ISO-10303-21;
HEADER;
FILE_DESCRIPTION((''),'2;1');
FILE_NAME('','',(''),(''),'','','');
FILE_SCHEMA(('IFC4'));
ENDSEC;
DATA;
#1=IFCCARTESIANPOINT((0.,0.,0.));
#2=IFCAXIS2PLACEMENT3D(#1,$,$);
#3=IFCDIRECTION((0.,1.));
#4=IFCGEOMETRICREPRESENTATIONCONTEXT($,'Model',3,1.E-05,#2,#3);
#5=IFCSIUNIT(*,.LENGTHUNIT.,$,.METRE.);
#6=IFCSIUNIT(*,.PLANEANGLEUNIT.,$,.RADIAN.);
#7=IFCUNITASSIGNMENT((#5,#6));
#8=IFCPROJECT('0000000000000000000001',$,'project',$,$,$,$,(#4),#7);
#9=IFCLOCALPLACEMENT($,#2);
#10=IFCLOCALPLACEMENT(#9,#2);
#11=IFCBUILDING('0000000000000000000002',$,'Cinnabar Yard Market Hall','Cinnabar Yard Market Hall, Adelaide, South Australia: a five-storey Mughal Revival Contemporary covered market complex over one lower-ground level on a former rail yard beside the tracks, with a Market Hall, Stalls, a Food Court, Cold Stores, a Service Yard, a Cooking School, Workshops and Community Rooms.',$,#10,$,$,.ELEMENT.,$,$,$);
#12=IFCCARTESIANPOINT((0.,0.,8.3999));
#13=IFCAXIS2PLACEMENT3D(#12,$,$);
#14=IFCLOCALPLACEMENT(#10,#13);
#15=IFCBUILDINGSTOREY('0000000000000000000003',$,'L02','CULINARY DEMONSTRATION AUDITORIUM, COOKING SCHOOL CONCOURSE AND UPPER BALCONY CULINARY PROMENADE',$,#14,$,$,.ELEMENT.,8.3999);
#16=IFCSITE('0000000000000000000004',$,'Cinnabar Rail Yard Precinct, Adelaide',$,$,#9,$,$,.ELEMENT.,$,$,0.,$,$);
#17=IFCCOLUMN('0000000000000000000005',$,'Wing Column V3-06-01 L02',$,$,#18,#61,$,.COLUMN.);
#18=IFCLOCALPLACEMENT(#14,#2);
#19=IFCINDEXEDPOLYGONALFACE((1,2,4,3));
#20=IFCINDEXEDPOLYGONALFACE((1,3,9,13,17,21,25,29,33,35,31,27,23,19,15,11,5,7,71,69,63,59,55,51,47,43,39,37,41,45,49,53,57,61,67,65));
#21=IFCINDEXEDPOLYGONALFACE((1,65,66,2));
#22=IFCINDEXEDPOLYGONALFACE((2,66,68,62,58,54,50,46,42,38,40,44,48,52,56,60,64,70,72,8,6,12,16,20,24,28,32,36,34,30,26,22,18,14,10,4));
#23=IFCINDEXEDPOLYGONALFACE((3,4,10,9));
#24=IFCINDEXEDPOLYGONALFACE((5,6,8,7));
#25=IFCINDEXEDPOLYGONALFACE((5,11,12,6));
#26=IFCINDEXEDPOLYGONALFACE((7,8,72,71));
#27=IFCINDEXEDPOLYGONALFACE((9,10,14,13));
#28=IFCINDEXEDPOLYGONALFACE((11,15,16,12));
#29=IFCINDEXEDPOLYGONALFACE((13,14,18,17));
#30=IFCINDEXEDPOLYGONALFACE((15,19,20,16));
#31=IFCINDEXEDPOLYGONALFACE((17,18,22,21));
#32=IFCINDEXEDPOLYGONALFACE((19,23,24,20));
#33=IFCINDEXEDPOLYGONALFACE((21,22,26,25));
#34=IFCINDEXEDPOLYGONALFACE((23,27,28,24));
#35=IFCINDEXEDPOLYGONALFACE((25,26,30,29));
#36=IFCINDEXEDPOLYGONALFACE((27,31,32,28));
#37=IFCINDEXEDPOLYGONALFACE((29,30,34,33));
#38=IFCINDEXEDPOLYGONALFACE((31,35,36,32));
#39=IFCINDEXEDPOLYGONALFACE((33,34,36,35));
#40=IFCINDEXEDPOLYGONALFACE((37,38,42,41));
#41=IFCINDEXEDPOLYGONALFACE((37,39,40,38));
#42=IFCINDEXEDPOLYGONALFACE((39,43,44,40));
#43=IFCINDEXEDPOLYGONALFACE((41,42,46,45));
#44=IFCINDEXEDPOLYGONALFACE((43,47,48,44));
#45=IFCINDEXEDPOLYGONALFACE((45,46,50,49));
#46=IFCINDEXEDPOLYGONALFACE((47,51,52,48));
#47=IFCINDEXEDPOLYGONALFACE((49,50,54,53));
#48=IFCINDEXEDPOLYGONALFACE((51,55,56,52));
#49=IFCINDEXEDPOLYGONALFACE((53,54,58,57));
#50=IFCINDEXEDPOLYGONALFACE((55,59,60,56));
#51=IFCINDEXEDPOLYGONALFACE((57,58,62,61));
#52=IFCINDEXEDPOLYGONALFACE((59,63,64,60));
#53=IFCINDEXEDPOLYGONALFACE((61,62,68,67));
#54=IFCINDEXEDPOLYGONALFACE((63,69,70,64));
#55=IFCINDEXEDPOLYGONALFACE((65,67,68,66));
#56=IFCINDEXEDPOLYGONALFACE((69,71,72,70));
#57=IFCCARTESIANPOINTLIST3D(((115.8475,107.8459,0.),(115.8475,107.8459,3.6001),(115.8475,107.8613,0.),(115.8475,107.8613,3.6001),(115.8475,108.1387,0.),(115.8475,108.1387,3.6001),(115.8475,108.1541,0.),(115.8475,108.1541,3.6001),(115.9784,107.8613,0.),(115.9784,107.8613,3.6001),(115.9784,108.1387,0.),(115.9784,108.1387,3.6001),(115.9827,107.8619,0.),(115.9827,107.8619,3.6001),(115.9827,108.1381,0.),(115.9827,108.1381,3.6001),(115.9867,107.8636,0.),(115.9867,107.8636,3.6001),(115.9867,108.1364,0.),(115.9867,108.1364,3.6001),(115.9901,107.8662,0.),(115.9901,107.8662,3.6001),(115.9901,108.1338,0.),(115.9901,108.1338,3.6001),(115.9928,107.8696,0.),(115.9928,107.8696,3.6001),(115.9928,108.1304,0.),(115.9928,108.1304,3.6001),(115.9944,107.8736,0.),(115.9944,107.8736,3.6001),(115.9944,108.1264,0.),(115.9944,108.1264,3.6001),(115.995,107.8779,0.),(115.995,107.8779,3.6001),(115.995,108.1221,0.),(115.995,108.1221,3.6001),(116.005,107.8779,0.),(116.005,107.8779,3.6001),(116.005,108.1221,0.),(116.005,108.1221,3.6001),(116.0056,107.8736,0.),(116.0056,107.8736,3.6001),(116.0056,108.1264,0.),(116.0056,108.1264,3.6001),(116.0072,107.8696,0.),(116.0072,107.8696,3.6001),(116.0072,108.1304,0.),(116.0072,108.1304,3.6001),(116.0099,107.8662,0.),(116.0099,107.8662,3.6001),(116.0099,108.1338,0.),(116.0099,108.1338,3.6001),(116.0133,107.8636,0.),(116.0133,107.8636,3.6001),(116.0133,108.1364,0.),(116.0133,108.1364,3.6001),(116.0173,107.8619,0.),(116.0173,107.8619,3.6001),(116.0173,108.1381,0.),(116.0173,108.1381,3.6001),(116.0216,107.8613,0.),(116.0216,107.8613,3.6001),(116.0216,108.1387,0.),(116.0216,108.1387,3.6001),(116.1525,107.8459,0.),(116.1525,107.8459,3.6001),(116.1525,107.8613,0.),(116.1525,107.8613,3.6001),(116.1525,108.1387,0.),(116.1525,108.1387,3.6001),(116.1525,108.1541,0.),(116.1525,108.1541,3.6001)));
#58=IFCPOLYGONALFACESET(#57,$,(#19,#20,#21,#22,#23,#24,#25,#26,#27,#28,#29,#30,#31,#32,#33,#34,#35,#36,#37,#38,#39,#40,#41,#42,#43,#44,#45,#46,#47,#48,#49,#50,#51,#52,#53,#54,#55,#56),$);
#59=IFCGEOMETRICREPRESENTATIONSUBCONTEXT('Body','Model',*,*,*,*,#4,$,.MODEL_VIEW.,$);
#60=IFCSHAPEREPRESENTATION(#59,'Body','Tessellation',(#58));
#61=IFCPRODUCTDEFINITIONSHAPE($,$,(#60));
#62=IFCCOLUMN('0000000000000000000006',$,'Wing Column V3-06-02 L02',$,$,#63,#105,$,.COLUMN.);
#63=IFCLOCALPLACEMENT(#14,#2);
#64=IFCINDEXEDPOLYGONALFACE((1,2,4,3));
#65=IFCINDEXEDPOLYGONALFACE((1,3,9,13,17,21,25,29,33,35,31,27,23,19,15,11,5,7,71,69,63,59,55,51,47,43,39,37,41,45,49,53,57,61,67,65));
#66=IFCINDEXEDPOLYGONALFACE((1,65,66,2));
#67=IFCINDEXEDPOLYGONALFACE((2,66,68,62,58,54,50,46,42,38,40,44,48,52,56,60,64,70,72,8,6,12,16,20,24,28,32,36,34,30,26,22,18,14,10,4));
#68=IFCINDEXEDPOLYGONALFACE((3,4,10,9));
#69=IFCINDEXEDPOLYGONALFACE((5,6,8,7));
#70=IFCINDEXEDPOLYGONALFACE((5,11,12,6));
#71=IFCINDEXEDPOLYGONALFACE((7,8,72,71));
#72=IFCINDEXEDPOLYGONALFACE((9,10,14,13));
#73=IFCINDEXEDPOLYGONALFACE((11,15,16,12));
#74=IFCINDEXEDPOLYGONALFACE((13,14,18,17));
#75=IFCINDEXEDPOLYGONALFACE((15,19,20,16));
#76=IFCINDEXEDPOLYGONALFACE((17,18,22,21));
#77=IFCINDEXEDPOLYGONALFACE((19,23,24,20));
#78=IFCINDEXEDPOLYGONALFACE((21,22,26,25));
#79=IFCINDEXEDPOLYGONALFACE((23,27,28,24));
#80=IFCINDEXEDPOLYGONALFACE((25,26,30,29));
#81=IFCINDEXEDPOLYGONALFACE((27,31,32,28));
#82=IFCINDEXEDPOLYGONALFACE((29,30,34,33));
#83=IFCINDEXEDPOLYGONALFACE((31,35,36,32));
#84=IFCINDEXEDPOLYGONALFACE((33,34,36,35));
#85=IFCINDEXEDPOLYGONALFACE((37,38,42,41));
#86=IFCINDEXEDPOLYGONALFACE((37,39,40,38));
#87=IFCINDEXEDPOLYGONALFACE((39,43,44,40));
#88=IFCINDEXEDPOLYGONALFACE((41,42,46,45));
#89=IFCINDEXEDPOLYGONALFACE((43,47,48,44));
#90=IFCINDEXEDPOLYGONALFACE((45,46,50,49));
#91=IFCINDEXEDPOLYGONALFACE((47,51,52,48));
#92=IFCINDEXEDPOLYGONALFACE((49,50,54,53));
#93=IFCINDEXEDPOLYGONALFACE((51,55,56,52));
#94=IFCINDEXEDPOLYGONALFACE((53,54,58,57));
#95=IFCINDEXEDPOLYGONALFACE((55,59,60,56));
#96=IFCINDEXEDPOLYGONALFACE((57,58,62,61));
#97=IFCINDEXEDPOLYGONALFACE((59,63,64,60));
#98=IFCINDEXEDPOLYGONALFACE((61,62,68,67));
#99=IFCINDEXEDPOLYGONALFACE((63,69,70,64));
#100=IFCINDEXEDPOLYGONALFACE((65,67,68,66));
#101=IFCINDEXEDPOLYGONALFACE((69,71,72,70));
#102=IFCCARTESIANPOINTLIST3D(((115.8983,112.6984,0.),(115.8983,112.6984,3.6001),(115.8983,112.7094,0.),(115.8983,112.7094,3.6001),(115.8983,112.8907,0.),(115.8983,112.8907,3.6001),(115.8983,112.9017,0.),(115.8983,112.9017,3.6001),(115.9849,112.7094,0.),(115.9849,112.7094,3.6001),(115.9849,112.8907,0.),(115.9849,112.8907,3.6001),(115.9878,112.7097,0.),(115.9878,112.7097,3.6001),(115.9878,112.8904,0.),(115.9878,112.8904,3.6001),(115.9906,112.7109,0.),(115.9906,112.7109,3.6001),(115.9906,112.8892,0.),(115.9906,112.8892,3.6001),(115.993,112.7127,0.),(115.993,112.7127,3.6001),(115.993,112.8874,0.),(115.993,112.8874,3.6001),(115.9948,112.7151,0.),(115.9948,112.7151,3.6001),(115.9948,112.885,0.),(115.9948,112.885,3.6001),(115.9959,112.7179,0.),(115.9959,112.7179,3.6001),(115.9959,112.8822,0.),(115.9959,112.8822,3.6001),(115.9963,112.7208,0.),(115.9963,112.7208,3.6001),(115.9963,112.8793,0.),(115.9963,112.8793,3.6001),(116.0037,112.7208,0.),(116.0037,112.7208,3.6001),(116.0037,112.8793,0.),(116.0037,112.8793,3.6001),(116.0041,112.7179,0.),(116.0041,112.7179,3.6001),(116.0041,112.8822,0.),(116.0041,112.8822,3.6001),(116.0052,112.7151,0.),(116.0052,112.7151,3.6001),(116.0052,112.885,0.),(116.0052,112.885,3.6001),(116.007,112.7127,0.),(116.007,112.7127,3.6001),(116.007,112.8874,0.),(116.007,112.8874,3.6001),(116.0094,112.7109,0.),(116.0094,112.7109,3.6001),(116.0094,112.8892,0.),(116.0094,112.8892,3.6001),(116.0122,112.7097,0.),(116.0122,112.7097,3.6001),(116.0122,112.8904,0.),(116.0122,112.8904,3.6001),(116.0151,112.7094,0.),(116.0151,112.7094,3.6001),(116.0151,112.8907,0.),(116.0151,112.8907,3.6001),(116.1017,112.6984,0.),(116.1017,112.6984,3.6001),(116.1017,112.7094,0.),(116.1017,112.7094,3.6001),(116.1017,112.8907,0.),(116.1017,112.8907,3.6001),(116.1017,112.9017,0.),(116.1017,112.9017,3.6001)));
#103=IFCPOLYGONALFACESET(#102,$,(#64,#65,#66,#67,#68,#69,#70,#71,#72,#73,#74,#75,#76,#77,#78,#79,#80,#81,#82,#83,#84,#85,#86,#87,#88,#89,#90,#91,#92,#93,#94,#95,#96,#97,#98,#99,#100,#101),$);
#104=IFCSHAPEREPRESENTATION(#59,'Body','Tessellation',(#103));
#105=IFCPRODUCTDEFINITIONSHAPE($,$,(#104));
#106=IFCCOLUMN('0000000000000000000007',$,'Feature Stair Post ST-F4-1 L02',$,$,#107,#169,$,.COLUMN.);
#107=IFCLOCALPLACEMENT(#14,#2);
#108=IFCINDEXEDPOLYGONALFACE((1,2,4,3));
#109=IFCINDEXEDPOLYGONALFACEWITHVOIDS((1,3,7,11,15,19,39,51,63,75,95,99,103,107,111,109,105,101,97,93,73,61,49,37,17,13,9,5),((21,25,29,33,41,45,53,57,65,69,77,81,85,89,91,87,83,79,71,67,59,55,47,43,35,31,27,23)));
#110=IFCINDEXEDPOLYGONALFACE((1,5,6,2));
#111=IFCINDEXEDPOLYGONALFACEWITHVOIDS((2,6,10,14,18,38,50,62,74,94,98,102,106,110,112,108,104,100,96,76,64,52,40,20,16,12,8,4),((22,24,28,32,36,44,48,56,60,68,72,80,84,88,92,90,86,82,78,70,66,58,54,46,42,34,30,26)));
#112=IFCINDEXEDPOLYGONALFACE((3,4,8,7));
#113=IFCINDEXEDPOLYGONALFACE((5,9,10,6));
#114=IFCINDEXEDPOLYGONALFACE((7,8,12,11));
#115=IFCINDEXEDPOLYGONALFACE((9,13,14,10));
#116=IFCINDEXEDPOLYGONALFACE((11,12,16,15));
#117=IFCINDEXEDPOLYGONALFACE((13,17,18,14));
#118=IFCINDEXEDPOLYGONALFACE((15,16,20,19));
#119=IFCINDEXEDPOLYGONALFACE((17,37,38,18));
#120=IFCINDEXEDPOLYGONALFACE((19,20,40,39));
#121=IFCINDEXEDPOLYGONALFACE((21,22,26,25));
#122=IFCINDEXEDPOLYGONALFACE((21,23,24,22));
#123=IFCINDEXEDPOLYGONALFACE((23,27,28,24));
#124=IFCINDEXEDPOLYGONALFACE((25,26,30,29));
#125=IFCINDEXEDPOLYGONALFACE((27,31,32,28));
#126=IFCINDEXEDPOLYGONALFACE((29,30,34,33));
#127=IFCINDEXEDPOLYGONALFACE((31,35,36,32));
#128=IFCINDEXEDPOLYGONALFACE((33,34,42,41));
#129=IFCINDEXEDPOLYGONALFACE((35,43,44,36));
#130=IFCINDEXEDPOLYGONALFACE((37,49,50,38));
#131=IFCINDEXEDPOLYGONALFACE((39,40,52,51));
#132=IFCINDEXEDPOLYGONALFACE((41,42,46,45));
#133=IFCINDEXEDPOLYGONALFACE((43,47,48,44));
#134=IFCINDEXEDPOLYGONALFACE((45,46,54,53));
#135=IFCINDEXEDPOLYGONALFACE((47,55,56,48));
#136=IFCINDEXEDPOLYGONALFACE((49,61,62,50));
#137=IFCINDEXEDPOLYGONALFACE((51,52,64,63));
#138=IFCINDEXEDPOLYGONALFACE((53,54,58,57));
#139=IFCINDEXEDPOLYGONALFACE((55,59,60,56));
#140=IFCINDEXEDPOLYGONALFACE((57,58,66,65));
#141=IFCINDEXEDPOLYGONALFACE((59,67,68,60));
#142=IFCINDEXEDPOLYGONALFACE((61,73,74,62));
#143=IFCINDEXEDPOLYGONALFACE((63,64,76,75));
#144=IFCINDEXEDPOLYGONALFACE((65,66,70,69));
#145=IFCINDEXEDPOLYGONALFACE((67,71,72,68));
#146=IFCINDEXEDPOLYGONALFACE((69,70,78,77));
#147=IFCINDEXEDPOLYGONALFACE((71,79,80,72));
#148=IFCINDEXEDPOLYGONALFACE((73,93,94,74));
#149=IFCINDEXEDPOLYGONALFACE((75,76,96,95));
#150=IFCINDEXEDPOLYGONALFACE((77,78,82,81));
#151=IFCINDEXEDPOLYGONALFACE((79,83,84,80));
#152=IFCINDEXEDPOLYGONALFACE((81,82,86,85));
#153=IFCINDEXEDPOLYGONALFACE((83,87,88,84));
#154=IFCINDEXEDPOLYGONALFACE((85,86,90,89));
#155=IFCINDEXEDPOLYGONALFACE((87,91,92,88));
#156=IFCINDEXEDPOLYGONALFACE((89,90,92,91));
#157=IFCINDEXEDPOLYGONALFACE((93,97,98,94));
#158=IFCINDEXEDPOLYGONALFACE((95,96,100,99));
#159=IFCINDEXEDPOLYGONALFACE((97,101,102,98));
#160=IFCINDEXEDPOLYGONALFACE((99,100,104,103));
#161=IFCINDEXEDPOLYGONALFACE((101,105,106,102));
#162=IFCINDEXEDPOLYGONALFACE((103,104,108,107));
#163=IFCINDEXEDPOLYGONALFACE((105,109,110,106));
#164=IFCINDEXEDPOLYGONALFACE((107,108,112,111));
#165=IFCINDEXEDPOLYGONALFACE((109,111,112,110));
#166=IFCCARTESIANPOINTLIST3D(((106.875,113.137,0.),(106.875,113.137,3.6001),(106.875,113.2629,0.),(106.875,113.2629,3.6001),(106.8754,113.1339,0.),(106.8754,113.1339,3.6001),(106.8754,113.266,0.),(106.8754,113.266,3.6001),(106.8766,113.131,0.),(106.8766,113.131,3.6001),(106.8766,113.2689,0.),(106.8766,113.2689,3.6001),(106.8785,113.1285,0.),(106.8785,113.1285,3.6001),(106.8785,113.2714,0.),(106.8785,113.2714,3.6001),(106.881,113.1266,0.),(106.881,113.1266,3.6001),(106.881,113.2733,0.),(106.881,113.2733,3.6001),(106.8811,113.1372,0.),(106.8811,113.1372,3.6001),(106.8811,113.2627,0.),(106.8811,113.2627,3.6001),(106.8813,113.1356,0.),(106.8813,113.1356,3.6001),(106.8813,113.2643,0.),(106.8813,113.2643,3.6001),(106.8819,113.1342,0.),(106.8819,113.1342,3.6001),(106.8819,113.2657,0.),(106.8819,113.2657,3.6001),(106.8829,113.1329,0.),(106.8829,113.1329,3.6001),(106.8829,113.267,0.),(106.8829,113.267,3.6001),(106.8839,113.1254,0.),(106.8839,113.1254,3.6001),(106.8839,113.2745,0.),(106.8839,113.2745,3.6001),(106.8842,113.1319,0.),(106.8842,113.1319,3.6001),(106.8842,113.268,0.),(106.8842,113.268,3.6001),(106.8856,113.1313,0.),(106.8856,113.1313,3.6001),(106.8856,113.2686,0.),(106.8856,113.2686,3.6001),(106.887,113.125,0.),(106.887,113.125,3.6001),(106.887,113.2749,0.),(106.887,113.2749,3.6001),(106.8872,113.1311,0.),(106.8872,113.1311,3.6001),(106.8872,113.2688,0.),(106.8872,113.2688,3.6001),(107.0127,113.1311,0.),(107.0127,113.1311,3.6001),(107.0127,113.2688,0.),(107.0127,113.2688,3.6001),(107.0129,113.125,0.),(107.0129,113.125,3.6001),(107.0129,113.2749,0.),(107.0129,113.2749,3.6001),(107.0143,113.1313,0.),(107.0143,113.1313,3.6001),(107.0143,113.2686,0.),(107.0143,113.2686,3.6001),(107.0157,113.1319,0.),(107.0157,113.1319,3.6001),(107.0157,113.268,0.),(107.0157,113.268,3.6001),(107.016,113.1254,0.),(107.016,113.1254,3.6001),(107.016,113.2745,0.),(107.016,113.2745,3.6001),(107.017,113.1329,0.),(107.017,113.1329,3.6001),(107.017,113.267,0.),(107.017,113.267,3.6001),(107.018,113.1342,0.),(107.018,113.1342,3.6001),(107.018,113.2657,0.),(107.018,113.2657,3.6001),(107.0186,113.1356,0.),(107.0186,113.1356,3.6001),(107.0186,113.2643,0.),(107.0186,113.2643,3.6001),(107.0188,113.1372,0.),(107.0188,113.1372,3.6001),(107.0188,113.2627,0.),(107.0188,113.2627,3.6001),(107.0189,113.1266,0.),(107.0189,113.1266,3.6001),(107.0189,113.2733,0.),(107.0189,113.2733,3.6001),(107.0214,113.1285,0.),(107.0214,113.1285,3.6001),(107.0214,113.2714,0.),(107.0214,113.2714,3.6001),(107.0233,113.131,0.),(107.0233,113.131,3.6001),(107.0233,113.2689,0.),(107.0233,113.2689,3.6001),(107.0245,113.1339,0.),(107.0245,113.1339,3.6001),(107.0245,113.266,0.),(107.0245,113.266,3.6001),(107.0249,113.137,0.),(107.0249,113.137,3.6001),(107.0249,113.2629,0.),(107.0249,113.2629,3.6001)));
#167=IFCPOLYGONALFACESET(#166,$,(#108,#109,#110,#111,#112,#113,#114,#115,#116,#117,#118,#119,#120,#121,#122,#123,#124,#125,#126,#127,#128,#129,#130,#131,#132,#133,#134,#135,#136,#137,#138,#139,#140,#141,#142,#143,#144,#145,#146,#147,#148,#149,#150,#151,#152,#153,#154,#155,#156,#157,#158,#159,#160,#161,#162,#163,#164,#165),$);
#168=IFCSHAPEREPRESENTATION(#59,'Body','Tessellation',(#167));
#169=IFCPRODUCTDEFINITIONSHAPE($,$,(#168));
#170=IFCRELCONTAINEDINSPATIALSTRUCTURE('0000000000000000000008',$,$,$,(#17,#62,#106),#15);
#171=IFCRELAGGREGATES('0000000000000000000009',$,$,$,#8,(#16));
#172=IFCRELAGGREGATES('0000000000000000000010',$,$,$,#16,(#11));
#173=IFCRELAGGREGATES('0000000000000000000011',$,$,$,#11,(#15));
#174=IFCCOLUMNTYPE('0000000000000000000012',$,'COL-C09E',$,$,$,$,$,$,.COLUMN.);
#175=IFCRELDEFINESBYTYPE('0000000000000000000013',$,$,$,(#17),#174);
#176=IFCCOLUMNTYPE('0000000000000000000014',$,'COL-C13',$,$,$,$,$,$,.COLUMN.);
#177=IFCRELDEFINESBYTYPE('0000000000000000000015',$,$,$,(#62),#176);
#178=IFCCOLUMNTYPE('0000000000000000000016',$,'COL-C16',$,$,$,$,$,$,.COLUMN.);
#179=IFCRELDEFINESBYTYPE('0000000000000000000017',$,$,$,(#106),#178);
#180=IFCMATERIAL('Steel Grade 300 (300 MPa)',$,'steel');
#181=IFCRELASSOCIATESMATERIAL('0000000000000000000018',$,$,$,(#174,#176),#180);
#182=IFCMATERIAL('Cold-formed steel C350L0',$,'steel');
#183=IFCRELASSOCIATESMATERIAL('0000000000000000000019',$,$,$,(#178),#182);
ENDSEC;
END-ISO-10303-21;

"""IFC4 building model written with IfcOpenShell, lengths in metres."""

from ifc_helpers import new_model, si_unit, direction, frame, origin, origin_2d_with_axis, place, context, subcontext, project, spatial, hollow_rectangle, i_section, extrude, material, material_profile, profile_set, type_object, element, save


model = new_model("IFC4")

# Units and contexts
model_context = context("Model", 3, precision=1e-05, world=origin(), true_north=direction((0.0, 1.0)))
body_context = subcontext(model_context, "Body", "Model", "MODEL_VIEW")
ifc_project = project(units=[si_unit("LENGTHUNIT", "METRE"), si_unit("PLANEANGLEUNIT", "RADIAN")], contexts=[model_context])

# Site, building, storey
site_placement = place(None, origin())
site = spatial("IfcSite", under=ifc_project, at=site_placement, Name="Cinnabar Rail Yard Precinct, Adelaide", CompositionType="ELEMENT", RefElevation=0.0)
building_placement = place(site_placement, origin())
building = spatial("IfcBuilding", under=site, at=building_placement, Name="Cinnabar Yard Market Hall", Description="Cinnabar Yard Market Hall, Adelaide, South Australia: a five-storey Mughal Revival Contemporary covered market complex over one lower-ground level on a former rail yard beside the tracks, with a Market Hall, Stalls, a Food Court, Cold Stores, a Service Yard, a Cooking School, Workshops and Community Rooms.", CompositionType="ELEMENT")
storey_placement = place(building_placement, frame((0.0, 0.0, 8.3999)))
storey = spatial("IfcBuildingStorey", under=building, at=storey_placement, Name="L02", Description="CULINARY DEMONSTRATION AUDITORIUM, COOKING SCHOOL CONCOURSE AND UPPER BALCONY CULINARY PROMENADE", CompositionType="ELEMENT", Elevation=8.3999)

# Columns
ifc_material_1 = material(Name="Steel Grade 300 (300 MPa)", Category="steel")
ifc_material_profile_1 = material_profile(ifc_material_1, i_section(OverallWidth=0.3049, OverallDepth=0.3081, WebThickness=0.01, FlangeThickness=0.0154, FilletRadius=0.0166, at=origin_2d_with_axis()), Name="310UC96.8")
ifc_profile_set_1 = profile_set([ifc_material_profile_1], Name="Steel Grade 300 (300 MPa)")
column_type_1 = type_object("IfcColumnType", Name="COL-C09E", PredefinedType="COLUMN", material=ifc_profile_set_1)
column_1_placement = place(storey_placement, frame((116.0, 108.0, 0.0), z_axis=(0.0, 0.0, 1.0), x_axis=(1.0, 0.0, 0.0)))
element("IfcColumn", 1, at=column_1_placement, inside=storey, type_object=column_type_1, Name="Wing Column V3-06-01 L02", PredefinedType="COLUMN", context=body_context, shape_type="SweptSolid", body=[
    extrude(i_section(OverallWidth=0.3049, OverallDepth=0.3081, WebThickness=0.01, FlangeThickness=0.0154, FilletRadius=0.0166, at=origin_2d_with_axis()), origin(), (0.0, 0.0, 1.0), 3.6001),
])
ifc_material_profile_2 = material_profile(ifc_material_1, i_section(OverallWidth=0.2034, OverallDepth=0.2034, WebThickness=0.0073, FlangeThickness=0.011, FilletRadius=0.0115, at=origin_2d_with_axis()), Name="200UC46.2")
ifc_profile_set_2 = profile_set([ifc_material_profile_2], Name="Steel Grade 300 (300 MPa)")
column_type_2 = type_object("IfcColumnType", Name="COL-C13", PredefinedType="COLUMN", material=ifc_profile_set_2)
column_2_placement = place(storey_placement, frame((116.0, 112.8, 0.0), z_axis=(0.0, 0.0, 1.0), x_axis=(1.0, 0.0, 0.0)))
element("IfcColumn", 2, at=column_2_placement, inside=storey, type_object=column_type_2, Name="Wing Column V3-06-02 L02", PredefinedType="COLUMN", context=body_context, shape_type="SweptSolid", body=[
    extrude(i_section(OverallWidth=0.2034, OverallDepth=0.2034, WebThickness=0.0073, FlangeThickness=0.011, FilletRadius=0.0115, at=origin_2d_with_axis()), origin(), (0.0, 0.0, 1.0), 3.6001),
])
ifc_material_2 = material(Name="Cold-formed steel C350L0", Category="steel")
ifc_material_profile_3 = material_profile(ifc_material_2, hollow_rectangle(XDim=0.1499, YDim=0.1499, WallThickness=0.0061, InnerFilletRadius=0.0061, OuterFilletRadius=0.012, at=origin_2d_with_axis()), Name="150x150x6.0SHS")
ifc_profile_set_3 = profile_set([ifc_material_profile_3], Name="Cold-formed steel C350L0")
column_type_3 = type_object("IfcColumnType", Name="COL-C16", PredefinedType="COLUMN", material=ifc_profile_set_3)
for number, where, z_axis, x_axis, name in (
    (3, (106.95, 113.2, 0.0), (0.0, 0.0, 1.0), (1.0, 0.0, 0.0), "Feature Stair Post ST-F4-1 L02"),
):
    element("IfcColumn", number, at=place(storey_placement, frame(where, z_axis=z_axis, x_axis=x_axis)), inside=storey, type_object=column_type_3, Name=name, PredefinedType="COLUMN", context=body_context, shape_type="SweptSolid", body=[
        extrude(hollow_rectangle(XDim=0.1499, YDim=0.1499, WallThickness=0.0061, InnerFilletRadius=0.0061, OuterFilletRadius=0.012, at=origin_2d_with_axis()), origin(), (0.0, 0.0, 1.0), 3.6001),
    ])

save(model, "model.ifc")
